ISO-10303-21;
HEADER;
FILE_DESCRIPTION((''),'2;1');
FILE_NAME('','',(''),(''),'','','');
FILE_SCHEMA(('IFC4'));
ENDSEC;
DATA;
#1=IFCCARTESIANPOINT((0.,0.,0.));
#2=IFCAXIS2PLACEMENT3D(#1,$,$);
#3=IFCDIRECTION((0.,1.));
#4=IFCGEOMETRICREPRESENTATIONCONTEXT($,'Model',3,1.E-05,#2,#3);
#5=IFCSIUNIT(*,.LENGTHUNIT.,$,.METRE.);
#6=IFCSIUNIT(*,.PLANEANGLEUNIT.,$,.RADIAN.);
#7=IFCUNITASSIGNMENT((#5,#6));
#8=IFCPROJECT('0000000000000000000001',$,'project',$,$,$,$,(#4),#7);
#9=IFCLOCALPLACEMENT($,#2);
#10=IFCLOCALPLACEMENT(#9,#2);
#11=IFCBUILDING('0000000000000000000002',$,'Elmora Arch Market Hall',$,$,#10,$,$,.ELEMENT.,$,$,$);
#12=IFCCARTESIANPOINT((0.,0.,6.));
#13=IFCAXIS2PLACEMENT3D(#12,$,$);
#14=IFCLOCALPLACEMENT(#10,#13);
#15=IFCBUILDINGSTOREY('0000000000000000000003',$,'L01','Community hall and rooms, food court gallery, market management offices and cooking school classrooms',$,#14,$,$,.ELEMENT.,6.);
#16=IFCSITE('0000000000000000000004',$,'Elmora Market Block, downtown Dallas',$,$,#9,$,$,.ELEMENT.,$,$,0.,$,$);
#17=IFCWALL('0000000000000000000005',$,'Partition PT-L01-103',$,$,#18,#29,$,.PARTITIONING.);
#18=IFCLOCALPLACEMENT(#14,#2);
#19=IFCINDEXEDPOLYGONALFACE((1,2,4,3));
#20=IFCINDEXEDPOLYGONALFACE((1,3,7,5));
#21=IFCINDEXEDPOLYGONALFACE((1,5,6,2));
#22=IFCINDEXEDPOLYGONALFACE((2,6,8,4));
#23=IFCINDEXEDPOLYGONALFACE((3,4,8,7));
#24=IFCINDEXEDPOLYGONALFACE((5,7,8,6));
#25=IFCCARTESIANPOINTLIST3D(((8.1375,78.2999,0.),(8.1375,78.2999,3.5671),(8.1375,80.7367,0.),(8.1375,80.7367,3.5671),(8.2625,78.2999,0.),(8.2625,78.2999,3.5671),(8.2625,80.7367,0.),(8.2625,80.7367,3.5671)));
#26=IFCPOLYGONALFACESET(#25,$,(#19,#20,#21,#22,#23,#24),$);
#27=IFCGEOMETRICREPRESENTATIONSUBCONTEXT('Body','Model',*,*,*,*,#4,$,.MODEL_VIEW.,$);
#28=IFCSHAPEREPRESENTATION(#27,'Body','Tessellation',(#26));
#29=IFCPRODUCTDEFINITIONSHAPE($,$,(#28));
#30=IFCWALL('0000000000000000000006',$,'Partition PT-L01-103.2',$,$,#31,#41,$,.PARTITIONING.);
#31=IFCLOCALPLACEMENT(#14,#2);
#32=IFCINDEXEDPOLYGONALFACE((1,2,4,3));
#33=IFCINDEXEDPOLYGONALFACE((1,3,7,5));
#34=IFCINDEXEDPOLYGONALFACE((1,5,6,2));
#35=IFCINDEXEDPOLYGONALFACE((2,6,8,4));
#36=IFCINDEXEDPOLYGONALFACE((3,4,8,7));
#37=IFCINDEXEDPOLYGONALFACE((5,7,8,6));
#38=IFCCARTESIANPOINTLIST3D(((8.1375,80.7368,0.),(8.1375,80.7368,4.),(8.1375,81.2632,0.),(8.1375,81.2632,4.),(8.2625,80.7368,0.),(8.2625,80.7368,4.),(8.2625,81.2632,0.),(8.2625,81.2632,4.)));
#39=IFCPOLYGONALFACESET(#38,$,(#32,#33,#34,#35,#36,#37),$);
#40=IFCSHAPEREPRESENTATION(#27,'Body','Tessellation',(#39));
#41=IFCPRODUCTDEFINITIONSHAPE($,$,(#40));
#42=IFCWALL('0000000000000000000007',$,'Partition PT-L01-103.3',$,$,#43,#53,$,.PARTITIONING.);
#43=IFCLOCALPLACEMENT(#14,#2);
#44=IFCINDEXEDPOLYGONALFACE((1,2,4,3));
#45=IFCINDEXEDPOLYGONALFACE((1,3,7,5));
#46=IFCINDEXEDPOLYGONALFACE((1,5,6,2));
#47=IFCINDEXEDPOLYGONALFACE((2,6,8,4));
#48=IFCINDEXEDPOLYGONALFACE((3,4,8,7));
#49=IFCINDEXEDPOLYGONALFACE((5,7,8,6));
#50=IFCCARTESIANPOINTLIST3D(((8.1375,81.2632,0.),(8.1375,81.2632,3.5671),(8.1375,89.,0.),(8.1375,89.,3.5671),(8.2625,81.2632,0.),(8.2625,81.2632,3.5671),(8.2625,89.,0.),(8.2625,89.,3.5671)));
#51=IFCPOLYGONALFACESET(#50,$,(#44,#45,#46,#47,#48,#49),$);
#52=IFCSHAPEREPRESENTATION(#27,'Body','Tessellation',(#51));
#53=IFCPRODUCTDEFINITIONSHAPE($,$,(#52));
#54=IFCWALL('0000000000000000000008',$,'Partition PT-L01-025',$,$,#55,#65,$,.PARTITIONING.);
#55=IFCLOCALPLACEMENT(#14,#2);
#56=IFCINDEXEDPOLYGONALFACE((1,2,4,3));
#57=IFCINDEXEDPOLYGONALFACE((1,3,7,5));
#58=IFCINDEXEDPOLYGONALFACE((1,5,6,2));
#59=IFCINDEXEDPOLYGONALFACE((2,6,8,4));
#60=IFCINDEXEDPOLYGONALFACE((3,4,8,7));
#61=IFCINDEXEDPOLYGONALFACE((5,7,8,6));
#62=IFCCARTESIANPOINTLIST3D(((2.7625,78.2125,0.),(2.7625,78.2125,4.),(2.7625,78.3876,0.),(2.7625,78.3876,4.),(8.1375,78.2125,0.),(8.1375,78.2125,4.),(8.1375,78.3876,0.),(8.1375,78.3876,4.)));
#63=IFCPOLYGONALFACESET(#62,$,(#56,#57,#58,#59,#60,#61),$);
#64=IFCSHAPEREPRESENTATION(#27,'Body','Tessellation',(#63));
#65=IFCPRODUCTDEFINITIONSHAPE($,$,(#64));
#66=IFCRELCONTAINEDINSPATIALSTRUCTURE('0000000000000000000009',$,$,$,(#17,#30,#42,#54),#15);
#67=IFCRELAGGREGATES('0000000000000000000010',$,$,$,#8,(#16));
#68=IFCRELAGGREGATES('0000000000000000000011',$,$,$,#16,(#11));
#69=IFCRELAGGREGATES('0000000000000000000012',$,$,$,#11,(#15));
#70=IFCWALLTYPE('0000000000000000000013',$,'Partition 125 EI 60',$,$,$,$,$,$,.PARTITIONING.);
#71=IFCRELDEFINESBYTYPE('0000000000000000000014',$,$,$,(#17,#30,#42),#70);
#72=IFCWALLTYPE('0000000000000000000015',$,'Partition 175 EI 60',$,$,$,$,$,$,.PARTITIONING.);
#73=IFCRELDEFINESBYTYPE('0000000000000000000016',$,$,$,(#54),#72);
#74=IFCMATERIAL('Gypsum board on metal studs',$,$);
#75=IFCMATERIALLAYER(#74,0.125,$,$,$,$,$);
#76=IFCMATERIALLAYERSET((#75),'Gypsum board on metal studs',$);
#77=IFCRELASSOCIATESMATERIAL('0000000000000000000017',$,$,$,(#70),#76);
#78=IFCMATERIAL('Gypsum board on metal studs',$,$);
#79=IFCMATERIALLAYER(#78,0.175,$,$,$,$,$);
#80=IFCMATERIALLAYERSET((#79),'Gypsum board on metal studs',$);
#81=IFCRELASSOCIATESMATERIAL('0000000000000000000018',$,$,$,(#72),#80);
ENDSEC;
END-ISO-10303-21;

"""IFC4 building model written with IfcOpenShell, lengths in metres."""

from ifc_helpers import new_model, si_unit, direction, frame, frame_2d, origin, place, context, subcontext, project, spatial, rectangle, extrude, material, layer, layer_set, type_object, element, save


model = new_model("IFC4")

# Units and contexts
model_context = context("Model", 3, precision=1e-05, world=origin(), true_north=direction((0.0, 1.0)))
body_context = subcontext(model_context, "Body", "Model", "MODEL_VIEW")
ifc_project = project(units=[si_unit("LENGTHUNIT", "METRE"), si_unit("PLANEANGLEUNIT", "RADIAN")], contexts=[model_context])

# Site, building, storey
site_placement = place(None, origin())
site = spatial("IfcSite", under=ifc_project, at=site_placement, Name="Elmora Market Block, downtown Dallas", CompositionType="ELEMENT", RefElevation=0.0)
building_placement = place(site_placement, origin())
building = spatial("IfcBuilding", under=site, at=building_placement, Name="Elmora Arch Market Hall", CompositionType="ELEMENT")
storey_placement = place(building_placement, frame((0.0, 0.0, 6.0)))
storey = spatial("IfcBuildingStorey", under=building, at=storey_placement, Name="L01", Description="Community hall and rooms, food court gallery, market management offices and cooking school classrooms", CompositionType="ELEMENT", Elevation=6.0)

# Walls
ifc_material_1 = material(Name="Gypsum board on metal studs")
ifc_layer_1 = layer(ifc_material_1, 0.125)
ifc_layer_set_1 = layer_set([ifc_layer_1], Name="Gypsum board on metal studs")
wall_type_1 = type_object("IfcWallType", Name="Partition 125 EI 60", PredefinedType="PARTITIONING", material=ifc_layer_set_1)
wall_1_placement = place(storey_placement, frame((8.2, 78.3, 0.0), z_axis=(0.0, 0.0, 1.0), x_axis=(0.0, 1.0, 0.0)))
element("IfcWall", 1, at=wall_1_placement, inside=storey, type_object=wall_type_1, Name="Partition PT-L01-103", PredefinedType="PARTITIONING", context=body_context, shape_type="SweptSolid", body=[
    extrude(rectangle(XDim=2.4368, YDim=0.125, at=frame_2d((1.2183, 0.0))), origin(), (0.0, 0.0, 1.0), 3.5671),
])
wall_2_placement = place(storey_placement, frame((8.2, 80.7368, 0.0), z_axis=(0.0, 0.0, 1.0), x_axis=(0.0, 1.0, 0.0)))
element("IfcWall", 2, at=wall_2_placement, inside=storey, type_object=wall_type_1, Name="Partition PT-L01-103.2", PredefinedType="PARTITIONING", context=body_context, shape_type="SweptSolid", body=[
    extrude(rectangle(XDim=0.5264, YDim=0.125, at=frame_2d((0.2632, 0.0))), origin(), (0.0, 0.0, 1.0), 4.0),
])
wall_3_placement = place(storey_placement, frame((8.2, 81.2632, 0.0), z_axis=(0.0, 0.0, 1.0), x_axis=(0.0, 1.0, 0.0)))
element("IfcWall", 3, at=wall_3_placement, inside=storey, type_object=wall_type_1, Name="Partition PT-L01-103.3", PredefinedType="PARTITIONING", context=body_context, shape_type="SweptSolid", body=[
    extrude(rectangle(XDim=7.7368, YDim=0.125, at=frame_2d((3.8684, 0.0))), origin(), (0.0, 0.0, 1.0), 3.5671),
])
ifc_material_2 = material(Name="Gypsum board on metal studs")
ifc_layer_2 = layer(ifc_material_2, 0.175)
ifc_layer_set_2 = layer_set([ifc_layer_2], Name="Gypsum board on metal studs")
wall_type_2 = type_object("IfcWallType", Name="Partition 175 EI 60", PredefinedType="PARTITIONING", material=ifc_layer_set_2)
wall_4_placement = place(storey_placement, frame((2.7625, 78.3, 0.0), z_axis=(0.0, 0.0, 1.0), x_axis=(1.0, 0.0, 0.0)))
element("IfcWall", 4, at=wall_4_placement, inside=storey, type_object=wall_type_2, Name="Partition PT-L01-025", PredefinedType="PARTITIONING", context=body_context, shape_type="SweptSolid", body=[
    extrude(rectangle(XDim=5.375, YDim=0.175, at=frame_2d((2.6875, 0.0))), origin(), (0.0, 0.0, 1.0), 4.0),
])

save(model, "model.ifc")
